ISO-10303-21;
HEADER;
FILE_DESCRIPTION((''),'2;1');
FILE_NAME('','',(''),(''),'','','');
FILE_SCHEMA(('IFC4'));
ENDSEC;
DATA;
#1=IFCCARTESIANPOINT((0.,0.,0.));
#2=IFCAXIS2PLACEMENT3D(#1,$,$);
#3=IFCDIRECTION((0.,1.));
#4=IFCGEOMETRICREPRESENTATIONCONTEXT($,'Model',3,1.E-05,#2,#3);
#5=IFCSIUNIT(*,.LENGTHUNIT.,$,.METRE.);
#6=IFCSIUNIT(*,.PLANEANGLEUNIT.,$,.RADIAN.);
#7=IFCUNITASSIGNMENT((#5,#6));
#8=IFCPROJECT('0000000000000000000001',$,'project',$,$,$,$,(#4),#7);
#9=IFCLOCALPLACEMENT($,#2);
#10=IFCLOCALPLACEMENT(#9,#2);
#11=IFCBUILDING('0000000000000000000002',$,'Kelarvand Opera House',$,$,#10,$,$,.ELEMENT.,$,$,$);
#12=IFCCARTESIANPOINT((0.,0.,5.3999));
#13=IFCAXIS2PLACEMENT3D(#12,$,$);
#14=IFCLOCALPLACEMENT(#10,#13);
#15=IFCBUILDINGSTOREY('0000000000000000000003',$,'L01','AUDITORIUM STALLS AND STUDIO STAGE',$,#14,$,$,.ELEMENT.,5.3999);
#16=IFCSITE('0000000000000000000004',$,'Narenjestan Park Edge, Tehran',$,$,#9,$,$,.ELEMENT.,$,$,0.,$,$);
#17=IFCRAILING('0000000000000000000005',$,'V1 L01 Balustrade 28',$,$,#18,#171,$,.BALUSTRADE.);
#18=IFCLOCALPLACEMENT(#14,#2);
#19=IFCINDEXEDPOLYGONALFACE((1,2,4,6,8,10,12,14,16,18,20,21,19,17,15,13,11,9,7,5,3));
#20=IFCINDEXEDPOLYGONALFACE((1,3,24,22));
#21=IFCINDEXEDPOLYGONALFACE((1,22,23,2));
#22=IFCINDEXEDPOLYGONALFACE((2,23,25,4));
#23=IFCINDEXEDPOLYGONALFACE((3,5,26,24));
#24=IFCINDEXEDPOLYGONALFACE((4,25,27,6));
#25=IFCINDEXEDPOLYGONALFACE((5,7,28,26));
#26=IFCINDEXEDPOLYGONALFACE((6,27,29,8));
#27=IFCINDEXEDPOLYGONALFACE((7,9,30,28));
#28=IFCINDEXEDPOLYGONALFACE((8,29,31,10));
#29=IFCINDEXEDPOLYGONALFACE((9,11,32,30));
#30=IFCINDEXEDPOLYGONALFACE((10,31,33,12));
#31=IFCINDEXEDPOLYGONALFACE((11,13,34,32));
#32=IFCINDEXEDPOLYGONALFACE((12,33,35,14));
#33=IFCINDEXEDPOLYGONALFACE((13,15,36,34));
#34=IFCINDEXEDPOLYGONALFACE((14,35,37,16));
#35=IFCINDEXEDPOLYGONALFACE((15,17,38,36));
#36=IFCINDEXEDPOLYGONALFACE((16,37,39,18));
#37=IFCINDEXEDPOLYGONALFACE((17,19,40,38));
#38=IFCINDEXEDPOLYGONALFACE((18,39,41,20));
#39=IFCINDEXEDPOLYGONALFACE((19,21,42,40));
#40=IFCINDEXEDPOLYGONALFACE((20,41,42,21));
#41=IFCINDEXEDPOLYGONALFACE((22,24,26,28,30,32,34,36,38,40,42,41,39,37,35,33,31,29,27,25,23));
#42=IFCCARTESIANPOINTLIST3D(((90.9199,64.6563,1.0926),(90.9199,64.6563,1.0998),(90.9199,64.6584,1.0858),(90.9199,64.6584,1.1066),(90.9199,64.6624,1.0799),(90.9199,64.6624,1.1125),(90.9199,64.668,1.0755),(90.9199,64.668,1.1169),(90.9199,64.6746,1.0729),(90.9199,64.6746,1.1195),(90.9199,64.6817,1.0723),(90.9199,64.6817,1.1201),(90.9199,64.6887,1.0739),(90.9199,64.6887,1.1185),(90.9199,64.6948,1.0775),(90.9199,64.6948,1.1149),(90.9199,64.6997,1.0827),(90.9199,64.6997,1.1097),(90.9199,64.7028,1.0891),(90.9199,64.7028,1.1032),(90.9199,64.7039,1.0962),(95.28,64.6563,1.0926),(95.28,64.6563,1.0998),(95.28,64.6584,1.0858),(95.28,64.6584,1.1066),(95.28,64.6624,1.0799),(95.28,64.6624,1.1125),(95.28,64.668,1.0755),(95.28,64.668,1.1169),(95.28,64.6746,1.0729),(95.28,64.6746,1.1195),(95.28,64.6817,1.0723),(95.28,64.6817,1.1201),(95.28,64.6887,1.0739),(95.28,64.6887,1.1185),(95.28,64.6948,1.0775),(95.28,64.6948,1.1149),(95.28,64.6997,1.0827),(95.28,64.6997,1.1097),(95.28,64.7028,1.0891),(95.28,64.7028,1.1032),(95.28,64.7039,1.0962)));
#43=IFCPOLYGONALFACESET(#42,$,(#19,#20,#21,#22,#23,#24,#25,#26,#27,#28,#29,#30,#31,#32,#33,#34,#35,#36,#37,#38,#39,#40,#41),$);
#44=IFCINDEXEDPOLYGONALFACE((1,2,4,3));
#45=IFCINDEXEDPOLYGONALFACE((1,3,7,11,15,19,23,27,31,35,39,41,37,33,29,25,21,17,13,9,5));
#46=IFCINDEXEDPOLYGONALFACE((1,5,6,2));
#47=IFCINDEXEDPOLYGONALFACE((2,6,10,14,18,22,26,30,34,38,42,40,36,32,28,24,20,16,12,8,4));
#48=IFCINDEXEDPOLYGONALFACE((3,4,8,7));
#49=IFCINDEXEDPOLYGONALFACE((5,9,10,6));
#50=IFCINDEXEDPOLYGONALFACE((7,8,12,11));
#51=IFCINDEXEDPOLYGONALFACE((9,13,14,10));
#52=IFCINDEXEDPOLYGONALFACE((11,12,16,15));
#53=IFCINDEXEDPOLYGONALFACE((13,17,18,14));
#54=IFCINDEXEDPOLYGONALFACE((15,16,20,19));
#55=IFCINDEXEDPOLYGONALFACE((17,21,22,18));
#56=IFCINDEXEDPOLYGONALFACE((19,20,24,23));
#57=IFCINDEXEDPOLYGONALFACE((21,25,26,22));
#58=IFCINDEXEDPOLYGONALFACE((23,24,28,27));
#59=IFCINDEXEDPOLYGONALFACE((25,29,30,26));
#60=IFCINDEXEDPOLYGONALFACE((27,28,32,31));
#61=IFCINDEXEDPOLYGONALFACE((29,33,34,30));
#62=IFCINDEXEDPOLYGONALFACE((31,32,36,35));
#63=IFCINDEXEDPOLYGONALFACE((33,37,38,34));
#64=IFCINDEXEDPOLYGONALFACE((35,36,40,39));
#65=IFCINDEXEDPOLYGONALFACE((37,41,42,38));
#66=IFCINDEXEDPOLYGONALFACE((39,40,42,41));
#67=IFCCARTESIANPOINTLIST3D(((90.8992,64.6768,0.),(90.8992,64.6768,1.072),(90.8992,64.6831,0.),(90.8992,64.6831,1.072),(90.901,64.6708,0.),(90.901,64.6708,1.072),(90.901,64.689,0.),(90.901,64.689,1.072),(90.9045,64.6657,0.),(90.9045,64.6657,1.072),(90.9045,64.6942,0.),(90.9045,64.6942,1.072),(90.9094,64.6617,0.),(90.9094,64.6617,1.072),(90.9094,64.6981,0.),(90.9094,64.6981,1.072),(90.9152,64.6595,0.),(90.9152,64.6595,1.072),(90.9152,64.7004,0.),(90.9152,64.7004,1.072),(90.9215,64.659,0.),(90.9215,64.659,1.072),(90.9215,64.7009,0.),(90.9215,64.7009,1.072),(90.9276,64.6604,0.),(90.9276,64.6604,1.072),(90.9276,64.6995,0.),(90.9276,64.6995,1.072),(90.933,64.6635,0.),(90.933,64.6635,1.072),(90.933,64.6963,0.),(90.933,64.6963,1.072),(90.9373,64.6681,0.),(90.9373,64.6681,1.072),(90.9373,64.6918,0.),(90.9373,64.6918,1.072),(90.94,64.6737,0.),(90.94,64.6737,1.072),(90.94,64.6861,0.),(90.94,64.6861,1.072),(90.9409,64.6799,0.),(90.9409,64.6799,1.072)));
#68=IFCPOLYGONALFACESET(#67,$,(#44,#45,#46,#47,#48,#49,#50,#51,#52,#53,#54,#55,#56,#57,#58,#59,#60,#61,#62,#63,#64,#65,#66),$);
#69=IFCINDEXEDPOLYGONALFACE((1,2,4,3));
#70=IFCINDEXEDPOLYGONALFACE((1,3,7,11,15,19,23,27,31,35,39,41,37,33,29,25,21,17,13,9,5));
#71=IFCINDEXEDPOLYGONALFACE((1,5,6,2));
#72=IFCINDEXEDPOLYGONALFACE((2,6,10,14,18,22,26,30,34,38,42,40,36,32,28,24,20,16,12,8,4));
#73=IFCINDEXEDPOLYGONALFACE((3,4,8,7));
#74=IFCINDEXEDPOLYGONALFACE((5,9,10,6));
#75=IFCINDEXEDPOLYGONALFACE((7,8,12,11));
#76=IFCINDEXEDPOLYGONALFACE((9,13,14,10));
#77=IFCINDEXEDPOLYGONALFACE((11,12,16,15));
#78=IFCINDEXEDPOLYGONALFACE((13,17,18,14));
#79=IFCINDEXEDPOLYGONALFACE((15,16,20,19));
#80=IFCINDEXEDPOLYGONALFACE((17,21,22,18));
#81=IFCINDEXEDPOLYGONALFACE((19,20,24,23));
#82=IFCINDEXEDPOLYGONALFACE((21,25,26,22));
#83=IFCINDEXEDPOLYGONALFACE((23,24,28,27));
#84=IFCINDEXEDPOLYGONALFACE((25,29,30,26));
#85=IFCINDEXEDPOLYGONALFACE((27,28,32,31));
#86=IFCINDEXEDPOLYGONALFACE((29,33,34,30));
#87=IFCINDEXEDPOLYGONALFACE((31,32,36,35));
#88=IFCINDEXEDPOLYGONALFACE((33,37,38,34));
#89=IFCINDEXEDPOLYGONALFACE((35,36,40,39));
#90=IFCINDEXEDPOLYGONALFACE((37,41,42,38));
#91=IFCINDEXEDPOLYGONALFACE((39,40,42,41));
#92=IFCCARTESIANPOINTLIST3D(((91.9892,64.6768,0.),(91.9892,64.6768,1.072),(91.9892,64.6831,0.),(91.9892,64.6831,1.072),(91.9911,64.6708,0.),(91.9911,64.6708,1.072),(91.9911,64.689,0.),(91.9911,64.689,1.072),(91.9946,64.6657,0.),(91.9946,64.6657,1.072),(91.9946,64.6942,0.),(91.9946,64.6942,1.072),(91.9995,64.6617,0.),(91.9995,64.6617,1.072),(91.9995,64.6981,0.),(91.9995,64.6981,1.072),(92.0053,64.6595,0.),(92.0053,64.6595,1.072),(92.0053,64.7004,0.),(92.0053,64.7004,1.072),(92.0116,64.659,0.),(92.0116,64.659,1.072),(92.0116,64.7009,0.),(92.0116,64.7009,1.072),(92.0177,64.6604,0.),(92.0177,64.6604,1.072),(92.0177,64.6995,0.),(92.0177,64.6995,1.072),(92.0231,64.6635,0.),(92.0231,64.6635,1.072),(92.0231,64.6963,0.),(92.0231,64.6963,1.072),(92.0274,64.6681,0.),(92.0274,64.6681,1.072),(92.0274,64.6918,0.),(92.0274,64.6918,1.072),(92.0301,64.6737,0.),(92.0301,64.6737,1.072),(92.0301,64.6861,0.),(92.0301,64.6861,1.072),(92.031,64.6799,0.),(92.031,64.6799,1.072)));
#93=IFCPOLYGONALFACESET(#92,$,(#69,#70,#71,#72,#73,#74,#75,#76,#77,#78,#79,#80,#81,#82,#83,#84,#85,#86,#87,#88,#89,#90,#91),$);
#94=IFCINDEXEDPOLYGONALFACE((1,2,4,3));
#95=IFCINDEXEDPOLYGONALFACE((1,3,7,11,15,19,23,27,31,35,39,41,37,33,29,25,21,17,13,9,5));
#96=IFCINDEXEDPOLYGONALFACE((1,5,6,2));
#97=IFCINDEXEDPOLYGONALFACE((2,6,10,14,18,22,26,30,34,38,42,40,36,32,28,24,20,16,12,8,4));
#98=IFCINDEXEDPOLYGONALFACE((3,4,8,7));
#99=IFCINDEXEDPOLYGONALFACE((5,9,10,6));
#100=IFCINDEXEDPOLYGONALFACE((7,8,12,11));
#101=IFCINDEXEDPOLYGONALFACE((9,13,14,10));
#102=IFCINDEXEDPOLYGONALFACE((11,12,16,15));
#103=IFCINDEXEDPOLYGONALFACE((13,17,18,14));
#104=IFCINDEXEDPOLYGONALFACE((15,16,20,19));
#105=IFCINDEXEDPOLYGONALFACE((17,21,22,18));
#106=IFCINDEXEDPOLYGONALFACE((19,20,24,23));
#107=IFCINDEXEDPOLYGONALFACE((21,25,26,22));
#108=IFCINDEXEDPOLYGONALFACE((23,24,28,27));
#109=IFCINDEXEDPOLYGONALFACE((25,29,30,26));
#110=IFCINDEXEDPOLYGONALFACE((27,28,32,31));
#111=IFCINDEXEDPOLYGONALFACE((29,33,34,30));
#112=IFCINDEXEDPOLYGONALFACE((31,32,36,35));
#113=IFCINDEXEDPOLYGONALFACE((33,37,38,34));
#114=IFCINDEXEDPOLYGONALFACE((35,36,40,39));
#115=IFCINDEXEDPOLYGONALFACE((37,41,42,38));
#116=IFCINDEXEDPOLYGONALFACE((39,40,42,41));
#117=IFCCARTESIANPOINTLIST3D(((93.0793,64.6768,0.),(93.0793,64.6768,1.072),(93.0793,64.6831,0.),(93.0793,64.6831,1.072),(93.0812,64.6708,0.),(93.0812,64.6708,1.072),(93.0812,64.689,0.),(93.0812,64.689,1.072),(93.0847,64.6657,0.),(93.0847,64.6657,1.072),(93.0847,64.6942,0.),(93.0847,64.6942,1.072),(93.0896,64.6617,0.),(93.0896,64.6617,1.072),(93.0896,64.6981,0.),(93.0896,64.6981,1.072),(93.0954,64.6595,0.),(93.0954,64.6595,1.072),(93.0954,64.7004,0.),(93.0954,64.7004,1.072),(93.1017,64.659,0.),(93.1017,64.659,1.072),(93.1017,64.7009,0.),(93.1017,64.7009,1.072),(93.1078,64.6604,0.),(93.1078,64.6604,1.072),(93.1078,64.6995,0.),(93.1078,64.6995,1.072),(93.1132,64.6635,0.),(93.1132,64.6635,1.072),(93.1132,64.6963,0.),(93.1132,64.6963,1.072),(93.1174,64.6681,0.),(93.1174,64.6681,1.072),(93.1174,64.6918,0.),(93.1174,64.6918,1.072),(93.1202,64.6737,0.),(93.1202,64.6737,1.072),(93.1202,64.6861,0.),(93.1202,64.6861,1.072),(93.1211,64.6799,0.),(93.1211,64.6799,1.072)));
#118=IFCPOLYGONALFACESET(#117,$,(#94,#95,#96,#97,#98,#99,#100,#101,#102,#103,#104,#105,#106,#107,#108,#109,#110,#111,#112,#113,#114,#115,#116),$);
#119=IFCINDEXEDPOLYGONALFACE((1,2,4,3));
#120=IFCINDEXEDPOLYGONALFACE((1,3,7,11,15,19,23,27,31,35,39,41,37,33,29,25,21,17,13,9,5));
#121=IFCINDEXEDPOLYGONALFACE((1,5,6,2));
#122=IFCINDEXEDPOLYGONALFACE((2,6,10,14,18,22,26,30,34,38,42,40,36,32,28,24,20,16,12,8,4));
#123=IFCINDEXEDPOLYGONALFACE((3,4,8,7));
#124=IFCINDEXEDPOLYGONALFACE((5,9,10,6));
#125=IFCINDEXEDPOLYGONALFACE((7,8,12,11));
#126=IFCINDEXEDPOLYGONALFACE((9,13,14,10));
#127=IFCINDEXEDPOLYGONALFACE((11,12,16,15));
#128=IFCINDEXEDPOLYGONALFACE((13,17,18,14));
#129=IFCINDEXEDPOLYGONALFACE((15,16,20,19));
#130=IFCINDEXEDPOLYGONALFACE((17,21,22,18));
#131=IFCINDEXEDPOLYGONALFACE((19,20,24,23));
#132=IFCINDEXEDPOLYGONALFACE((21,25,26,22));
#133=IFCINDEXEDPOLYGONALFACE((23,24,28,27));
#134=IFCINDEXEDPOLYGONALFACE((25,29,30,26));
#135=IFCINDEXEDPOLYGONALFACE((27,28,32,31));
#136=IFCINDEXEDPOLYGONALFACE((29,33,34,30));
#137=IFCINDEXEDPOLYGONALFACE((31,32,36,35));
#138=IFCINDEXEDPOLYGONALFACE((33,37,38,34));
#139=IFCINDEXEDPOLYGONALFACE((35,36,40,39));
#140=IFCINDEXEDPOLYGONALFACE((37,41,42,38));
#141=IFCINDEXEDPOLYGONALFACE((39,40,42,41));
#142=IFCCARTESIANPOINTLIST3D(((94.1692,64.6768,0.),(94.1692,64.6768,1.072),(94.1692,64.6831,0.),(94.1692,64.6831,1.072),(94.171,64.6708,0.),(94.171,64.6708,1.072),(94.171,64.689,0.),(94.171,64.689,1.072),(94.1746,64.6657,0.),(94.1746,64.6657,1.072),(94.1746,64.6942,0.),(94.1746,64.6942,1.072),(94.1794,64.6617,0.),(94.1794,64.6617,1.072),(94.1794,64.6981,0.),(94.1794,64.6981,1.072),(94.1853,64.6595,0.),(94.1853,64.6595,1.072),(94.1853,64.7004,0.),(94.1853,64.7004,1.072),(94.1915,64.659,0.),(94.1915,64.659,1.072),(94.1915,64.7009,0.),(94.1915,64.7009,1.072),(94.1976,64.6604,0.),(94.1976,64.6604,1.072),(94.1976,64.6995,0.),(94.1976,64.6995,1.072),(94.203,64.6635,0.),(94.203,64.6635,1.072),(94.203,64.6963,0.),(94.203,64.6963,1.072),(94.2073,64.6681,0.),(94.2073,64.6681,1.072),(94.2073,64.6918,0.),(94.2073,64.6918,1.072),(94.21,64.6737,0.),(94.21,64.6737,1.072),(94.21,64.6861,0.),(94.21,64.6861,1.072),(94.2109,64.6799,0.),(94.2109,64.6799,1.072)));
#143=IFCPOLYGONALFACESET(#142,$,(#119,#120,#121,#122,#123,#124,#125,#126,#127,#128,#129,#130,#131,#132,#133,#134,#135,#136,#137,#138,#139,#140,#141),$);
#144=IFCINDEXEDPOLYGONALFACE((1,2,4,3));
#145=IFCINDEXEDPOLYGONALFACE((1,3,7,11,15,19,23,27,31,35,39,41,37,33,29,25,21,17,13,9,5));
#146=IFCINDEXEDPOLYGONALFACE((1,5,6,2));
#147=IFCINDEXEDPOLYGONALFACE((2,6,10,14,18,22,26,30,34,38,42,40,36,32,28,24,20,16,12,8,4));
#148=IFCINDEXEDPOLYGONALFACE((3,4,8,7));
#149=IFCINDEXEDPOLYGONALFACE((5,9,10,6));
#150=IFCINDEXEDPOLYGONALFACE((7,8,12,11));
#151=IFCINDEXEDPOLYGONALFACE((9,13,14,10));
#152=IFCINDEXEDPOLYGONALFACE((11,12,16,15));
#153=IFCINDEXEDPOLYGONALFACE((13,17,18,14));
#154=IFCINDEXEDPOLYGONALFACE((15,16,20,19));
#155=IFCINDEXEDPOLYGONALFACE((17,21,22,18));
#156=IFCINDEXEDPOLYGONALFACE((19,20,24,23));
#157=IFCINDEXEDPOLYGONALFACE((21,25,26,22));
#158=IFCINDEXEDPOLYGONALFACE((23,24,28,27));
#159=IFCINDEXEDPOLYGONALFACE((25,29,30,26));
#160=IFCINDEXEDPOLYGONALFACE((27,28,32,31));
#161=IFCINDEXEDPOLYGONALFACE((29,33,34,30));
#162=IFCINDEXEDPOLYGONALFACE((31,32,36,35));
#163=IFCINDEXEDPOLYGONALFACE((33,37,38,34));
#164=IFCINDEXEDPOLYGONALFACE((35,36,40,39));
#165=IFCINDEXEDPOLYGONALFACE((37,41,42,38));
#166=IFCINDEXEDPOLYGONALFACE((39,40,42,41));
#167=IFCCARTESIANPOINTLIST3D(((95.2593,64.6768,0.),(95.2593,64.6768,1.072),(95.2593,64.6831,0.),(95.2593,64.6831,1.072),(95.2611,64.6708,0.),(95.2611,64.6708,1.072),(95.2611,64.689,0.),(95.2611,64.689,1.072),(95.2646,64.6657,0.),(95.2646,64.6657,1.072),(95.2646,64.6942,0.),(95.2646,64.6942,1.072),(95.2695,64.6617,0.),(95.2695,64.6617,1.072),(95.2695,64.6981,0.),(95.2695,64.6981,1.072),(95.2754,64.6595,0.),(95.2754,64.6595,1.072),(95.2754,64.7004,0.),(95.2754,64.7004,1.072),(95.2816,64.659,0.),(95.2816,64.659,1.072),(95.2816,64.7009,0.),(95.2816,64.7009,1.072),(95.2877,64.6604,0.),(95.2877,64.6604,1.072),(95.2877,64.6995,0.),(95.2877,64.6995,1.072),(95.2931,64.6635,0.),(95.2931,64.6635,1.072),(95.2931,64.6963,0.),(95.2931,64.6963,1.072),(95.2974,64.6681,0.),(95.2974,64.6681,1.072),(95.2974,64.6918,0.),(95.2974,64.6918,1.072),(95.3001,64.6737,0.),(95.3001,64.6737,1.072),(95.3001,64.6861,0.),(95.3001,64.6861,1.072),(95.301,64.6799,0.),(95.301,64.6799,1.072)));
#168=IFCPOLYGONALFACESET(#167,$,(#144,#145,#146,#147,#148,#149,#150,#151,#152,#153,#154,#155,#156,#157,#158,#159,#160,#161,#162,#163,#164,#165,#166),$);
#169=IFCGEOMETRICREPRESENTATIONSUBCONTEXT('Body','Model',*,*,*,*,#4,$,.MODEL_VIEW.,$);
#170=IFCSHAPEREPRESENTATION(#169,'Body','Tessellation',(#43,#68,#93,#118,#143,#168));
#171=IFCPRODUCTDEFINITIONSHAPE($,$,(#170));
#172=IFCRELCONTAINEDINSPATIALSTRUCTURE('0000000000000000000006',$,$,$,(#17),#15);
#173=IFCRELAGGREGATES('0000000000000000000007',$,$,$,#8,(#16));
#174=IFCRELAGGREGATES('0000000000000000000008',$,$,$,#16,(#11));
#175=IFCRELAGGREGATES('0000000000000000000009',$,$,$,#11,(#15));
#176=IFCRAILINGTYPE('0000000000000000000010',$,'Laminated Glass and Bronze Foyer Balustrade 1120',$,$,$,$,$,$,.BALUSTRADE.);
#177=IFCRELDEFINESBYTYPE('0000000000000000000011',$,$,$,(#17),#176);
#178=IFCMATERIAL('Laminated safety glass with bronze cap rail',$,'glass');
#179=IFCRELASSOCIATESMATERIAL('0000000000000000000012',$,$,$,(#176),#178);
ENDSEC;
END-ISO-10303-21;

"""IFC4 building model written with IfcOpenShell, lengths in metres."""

from ifc_helpers import new_model, si_unit, direction, frame, origin, origin_2d, place, context, subcontext, project, spatial, circle, extrude, material, type_object, element, save


model = new_model("IFC4")

# Units and contexts
model_context = context("Model", 3, precision=1e-05, world=origin(), true_north=direction((0.0, 1.0)))
body_context = subcontext(model_context, "Body", "Model", "MODEL_VIEW")
ifc_project = project(units=[si_unit("LENGTHUNIT", "METRE"), si_unit("PLANEANGLEUNIT", "RADIAN")], contexts=[model_context])

# Site, building, storey
site_placement = place(None, origin())
site = spatial("IfcSite", under=ifc_project, at=site_placement, Name="Narenjestan Park Edge, Tehran", CompositionType="ELEMENT", RefElevation=0.0)
building_placement = place(site_placement, origin())
building = spatial("IfcBuilding", under=site, at=building_placement, Name="Kelarvand Opera House", CompositionType="ELEMENT")
storey_placement = place(building_placement, frame((0.0, 0.0, 5.3999)))
storey = spatial("IfcBuildingStorey", under=building, at=storey_placement, Name="L01", Description="AUDITORIUM STALLS AND STUDIO STAGE", CompositionType="ELEMENT", Elevation=5.3999)

# Railing
ifc_material_1 = material(Name="Laminated safety glass with bronze cap rail", Category="glass")
railing_type_1 = type_object("IfcRailingType", Name="Laminated Glass and Bronze Foyer Balustrade 1120", PredefinedType="BALUSTRADE", material=ifc_material_1)
railing_1_placement = place(storey_placement, frame((90.9199, 64.6799, 0.0)))
element("IfcRailing", 1, at=railing_1_placement, inside=storey, type_object=railing_type_1, Name="V1 L01 Balustrade 28", PredefinedType="BALUSTRADE", context=body_context, shape_type="SweptSolid", body=[
    extrude(circle(Radius=0.0239, at=origin_2d()), frame((0.0, 0.0, 1.0962), z_axis=(1.0, 0.0, 0.0), x_axis=(0.0, 1.0, 0.0)), (0.0, 0.0, 1.0), 4.3601),
    extrude(circle(Radius=0.021, at=origin_2d()), origin(), (0.0, 0.0, 1.0), 1.072),
    extrude(circle(Radius=0.021, at=origin_2d()), frame((1.0901, 0.0, 0.0)), (0.0, 0.0, 1.0), 1.072),
    extrude(circle(Radius=0.021, at=origin_2d()), frame((2.1802, 0.0, 0.0)), (0.0, 0.0, 1.0), 1.072),
    extrude(circle(Radius=0.021, at=origin_2d()), frame((3.27, 0.0, 0.0)), (0.0, 0.0, 1.0), 1.072),
    extrude(circle(Radius=0.021, at=origin_2d()), frame((4.3601, 0.0, 0.0)), (0.0, 0.0, 1.0), 1.072),
])

save(model, "model.ifc")
